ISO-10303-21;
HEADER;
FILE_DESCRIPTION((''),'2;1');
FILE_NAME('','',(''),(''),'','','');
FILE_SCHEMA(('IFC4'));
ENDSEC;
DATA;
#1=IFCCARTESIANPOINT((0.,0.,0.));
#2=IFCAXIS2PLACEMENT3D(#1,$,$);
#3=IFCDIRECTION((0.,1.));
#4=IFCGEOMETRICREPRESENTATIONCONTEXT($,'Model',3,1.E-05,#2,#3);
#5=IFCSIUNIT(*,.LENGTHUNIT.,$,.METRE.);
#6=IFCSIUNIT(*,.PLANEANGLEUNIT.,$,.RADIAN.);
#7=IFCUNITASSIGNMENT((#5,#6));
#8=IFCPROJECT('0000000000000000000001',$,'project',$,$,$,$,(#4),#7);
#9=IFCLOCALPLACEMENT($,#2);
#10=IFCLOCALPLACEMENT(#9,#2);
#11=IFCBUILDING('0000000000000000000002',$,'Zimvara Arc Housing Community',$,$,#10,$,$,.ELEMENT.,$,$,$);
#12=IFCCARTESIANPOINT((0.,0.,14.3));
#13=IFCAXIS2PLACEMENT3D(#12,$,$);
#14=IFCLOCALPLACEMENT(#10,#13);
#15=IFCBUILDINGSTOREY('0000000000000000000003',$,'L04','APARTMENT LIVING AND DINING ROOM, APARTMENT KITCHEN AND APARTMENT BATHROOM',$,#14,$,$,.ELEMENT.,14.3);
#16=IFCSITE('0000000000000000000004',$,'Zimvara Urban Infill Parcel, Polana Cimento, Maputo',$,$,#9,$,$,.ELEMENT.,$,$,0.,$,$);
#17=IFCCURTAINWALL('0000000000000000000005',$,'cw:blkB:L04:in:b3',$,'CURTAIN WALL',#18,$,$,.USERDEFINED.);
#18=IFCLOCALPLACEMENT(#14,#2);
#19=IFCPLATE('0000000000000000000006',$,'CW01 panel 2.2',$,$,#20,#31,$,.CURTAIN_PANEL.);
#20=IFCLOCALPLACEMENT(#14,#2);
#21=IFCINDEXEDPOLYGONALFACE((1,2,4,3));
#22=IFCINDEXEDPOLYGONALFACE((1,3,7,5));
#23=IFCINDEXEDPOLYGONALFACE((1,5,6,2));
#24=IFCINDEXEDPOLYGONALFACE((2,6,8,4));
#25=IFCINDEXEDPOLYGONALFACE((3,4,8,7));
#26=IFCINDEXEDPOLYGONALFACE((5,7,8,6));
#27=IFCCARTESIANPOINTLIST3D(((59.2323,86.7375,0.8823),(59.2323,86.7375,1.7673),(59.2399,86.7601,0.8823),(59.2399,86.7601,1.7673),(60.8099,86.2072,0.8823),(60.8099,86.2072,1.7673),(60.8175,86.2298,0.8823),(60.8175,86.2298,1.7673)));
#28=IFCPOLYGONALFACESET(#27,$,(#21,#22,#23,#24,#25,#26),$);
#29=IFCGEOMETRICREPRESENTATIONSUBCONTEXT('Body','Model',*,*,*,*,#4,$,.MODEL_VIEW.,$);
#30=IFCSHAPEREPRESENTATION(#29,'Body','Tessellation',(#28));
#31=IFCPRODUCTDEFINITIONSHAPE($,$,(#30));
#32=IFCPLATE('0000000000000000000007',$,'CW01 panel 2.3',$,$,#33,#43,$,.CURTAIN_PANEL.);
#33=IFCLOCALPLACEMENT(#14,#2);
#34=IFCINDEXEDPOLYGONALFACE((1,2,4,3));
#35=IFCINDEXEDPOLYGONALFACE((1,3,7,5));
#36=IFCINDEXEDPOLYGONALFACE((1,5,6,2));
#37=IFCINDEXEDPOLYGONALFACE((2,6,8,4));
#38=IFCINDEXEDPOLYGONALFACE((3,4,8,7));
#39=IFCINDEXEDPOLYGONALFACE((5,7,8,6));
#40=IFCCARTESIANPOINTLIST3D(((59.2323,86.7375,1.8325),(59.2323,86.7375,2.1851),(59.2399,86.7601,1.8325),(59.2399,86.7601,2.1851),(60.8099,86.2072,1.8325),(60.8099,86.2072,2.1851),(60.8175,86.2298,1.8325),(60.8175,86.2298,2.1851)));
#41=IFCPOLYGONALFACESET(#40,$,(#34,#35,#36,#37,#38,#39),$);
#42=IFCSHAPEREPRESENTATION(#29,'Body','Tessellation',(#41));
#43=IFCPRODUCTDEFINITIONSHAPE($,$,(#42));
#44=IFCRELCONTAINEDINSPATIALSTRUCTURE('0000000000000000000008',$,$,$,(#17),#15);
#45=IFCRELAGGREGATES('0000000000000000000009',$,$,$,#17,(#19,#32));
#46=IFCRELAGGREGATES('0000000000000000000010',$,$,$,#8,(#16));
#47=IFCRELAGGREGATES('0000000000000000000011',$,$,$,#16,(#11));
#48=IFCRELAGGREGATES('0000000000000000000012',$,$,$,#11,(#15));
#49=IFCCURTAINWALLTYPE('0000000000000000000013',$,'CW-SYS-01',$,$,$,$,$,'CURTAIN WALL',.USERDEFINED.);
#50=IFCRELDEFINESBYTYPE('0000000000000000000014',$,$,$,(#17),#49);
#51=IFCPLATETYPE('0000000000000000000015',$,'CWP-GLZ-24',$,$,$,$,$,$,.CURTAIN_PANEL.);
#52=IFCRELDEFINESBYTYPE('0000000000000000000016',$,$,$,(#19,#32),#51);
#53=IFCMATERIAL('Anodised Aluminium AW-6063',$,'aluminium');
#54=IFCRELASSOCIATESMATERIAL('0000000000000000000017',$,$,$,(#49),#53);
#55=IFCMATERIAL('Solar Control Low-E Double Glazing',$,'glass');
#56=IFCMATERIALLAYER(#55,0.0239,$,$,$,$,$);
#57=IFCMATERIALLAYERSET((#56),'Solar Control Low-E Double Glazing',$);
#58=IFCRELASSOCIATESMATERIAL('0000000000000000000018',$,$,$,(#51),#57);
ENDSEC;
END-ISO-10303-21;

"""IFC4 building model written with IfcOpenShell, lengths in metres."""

from ifc_helpers import new_model, si_unit, direction, frame, origin, origin_2d, place, context, subcontext, project, spatial, rectangle, extrude, material, layer, layer_set, type_object, element, aggregate, save


model = new_model("IFC4")

# Units and contexts
model_context = context("Model", 3, precision=1e-05, world=origin(), true_north=direction((0.0, 1.0)))
body_context = subcontext(model_context, "Body", "Model", "MODEL_VIEW")
ifc_project = project(units=[si_unit("LENGTHUNIT", "METRE"), si_unit("PLANEANGLEUNIT", "RADIAN")], contexts=[model_context])

# Site, building, storey
site_placement = place(None, origin())
site = spatial("IfcSite", under=ifc_project, at=site_placement, Name="Zimvara Urban Infill Parcel, Polana Cimento, Maputo", CompositionType="ELEMENT", RefElevation=0.0)
building_placement = place(site_placement, origin())
building = spatial("IfcBuilding", under=site, at=building_placement, Name="Zimvara Arc Housing Community", CompositionType="ELEMENT")
storey_placement = place(building_placement, frame((0.0, 0.0, 14.3)))
storey = spatial("IfcBuildingStorey", under=building, at=storey_placement, Name="L04", Description="APARTMENT LIVING AND DINING ROOM, APARTMENT KITCHEN AND APARTMENT BATHROOM", CompositionType="ELEMENT", Elevation=14.3)

# Curtain wall
ifc_material_1 = material(Name="Anodised Aluminium AW-6063", Category="aluminium")
curtain_wall_type_1 = type_object("IfcCurtainWallType", Name="CW-SYS-01", ElementType="CURTAIN WALL", PredefinedType="USERDEFINED", material=ifc_material_1)
curtain_wall_1_placement = place(storey_placement, origin())
curtain_wall_1 = element("IfcCurtainWall", 1, at=curtain_wall_1_placement, inside=storey, type_object=curtain_wall_type_1, Name="cw:blkB:L04:in:b3", ObjectType="CURTAIN WALL", PredefinedType="USERDEFINED")

# Plates
ifc_material_2 = material(Name="Solar Control Low-E Double Glazing", Category="glass")
ifc_layer = layer(ifc_material_2, 0.0239)
ifc_layer_set = layer_set([ifc_layer], Name="Solar Control Low-E Double Glazing")
plate_type = type_object("IfcPlateType", Name="CWP-GLZ-24", PredefinedType="CURTAIN_PANEL", material=ifc_layer_set)
plate_1_placement = place(storey_placement, frame((60.0249, 86.4836, 0.8823), z_axis=(0.0, 0.0, 1.0), x_axis=(0.947879, -0.31863, 0.0)))
plate_1 = element("IfcPlate", 2, at=plate_1_placement, type_object=plate_type, Name="CW01 panel 2.2", PredefinedType="CURTAIN_PANEL", context=body_context, shape_type="SweptSolid", body=[
    extrude(rectangle(XDim=1.6643, YDim=0.0239, at=origin_2d()), origin(), (0.0, 0.0, 1.0), 0.885),
])
plate_2_placement = place(storey_placement, frame((60.0249, 86.4836, 1.8325), z_axis=(0.0, 0.0, 1.0), x_axis=(0.947879, -0.31863, 0.0)))
plate_2 = element("IfcPlate", 3, at=plate_2_placement, type_object=plate_type, Name="CW01 panel 2.3", PredefinedType="CURTAIN_PANEL", context=body_context, shape_type="SweptSolid", body=[
    extrude(rectangle(XDim=1.6643, YDim=0.0239, at=origin_2d()), origin(), (0.0, 0.0, 1.0), 0.3525),
])
aggregate(curtain_wall_1, [plate_1, plate_2])

save(model, "model.ifc")
